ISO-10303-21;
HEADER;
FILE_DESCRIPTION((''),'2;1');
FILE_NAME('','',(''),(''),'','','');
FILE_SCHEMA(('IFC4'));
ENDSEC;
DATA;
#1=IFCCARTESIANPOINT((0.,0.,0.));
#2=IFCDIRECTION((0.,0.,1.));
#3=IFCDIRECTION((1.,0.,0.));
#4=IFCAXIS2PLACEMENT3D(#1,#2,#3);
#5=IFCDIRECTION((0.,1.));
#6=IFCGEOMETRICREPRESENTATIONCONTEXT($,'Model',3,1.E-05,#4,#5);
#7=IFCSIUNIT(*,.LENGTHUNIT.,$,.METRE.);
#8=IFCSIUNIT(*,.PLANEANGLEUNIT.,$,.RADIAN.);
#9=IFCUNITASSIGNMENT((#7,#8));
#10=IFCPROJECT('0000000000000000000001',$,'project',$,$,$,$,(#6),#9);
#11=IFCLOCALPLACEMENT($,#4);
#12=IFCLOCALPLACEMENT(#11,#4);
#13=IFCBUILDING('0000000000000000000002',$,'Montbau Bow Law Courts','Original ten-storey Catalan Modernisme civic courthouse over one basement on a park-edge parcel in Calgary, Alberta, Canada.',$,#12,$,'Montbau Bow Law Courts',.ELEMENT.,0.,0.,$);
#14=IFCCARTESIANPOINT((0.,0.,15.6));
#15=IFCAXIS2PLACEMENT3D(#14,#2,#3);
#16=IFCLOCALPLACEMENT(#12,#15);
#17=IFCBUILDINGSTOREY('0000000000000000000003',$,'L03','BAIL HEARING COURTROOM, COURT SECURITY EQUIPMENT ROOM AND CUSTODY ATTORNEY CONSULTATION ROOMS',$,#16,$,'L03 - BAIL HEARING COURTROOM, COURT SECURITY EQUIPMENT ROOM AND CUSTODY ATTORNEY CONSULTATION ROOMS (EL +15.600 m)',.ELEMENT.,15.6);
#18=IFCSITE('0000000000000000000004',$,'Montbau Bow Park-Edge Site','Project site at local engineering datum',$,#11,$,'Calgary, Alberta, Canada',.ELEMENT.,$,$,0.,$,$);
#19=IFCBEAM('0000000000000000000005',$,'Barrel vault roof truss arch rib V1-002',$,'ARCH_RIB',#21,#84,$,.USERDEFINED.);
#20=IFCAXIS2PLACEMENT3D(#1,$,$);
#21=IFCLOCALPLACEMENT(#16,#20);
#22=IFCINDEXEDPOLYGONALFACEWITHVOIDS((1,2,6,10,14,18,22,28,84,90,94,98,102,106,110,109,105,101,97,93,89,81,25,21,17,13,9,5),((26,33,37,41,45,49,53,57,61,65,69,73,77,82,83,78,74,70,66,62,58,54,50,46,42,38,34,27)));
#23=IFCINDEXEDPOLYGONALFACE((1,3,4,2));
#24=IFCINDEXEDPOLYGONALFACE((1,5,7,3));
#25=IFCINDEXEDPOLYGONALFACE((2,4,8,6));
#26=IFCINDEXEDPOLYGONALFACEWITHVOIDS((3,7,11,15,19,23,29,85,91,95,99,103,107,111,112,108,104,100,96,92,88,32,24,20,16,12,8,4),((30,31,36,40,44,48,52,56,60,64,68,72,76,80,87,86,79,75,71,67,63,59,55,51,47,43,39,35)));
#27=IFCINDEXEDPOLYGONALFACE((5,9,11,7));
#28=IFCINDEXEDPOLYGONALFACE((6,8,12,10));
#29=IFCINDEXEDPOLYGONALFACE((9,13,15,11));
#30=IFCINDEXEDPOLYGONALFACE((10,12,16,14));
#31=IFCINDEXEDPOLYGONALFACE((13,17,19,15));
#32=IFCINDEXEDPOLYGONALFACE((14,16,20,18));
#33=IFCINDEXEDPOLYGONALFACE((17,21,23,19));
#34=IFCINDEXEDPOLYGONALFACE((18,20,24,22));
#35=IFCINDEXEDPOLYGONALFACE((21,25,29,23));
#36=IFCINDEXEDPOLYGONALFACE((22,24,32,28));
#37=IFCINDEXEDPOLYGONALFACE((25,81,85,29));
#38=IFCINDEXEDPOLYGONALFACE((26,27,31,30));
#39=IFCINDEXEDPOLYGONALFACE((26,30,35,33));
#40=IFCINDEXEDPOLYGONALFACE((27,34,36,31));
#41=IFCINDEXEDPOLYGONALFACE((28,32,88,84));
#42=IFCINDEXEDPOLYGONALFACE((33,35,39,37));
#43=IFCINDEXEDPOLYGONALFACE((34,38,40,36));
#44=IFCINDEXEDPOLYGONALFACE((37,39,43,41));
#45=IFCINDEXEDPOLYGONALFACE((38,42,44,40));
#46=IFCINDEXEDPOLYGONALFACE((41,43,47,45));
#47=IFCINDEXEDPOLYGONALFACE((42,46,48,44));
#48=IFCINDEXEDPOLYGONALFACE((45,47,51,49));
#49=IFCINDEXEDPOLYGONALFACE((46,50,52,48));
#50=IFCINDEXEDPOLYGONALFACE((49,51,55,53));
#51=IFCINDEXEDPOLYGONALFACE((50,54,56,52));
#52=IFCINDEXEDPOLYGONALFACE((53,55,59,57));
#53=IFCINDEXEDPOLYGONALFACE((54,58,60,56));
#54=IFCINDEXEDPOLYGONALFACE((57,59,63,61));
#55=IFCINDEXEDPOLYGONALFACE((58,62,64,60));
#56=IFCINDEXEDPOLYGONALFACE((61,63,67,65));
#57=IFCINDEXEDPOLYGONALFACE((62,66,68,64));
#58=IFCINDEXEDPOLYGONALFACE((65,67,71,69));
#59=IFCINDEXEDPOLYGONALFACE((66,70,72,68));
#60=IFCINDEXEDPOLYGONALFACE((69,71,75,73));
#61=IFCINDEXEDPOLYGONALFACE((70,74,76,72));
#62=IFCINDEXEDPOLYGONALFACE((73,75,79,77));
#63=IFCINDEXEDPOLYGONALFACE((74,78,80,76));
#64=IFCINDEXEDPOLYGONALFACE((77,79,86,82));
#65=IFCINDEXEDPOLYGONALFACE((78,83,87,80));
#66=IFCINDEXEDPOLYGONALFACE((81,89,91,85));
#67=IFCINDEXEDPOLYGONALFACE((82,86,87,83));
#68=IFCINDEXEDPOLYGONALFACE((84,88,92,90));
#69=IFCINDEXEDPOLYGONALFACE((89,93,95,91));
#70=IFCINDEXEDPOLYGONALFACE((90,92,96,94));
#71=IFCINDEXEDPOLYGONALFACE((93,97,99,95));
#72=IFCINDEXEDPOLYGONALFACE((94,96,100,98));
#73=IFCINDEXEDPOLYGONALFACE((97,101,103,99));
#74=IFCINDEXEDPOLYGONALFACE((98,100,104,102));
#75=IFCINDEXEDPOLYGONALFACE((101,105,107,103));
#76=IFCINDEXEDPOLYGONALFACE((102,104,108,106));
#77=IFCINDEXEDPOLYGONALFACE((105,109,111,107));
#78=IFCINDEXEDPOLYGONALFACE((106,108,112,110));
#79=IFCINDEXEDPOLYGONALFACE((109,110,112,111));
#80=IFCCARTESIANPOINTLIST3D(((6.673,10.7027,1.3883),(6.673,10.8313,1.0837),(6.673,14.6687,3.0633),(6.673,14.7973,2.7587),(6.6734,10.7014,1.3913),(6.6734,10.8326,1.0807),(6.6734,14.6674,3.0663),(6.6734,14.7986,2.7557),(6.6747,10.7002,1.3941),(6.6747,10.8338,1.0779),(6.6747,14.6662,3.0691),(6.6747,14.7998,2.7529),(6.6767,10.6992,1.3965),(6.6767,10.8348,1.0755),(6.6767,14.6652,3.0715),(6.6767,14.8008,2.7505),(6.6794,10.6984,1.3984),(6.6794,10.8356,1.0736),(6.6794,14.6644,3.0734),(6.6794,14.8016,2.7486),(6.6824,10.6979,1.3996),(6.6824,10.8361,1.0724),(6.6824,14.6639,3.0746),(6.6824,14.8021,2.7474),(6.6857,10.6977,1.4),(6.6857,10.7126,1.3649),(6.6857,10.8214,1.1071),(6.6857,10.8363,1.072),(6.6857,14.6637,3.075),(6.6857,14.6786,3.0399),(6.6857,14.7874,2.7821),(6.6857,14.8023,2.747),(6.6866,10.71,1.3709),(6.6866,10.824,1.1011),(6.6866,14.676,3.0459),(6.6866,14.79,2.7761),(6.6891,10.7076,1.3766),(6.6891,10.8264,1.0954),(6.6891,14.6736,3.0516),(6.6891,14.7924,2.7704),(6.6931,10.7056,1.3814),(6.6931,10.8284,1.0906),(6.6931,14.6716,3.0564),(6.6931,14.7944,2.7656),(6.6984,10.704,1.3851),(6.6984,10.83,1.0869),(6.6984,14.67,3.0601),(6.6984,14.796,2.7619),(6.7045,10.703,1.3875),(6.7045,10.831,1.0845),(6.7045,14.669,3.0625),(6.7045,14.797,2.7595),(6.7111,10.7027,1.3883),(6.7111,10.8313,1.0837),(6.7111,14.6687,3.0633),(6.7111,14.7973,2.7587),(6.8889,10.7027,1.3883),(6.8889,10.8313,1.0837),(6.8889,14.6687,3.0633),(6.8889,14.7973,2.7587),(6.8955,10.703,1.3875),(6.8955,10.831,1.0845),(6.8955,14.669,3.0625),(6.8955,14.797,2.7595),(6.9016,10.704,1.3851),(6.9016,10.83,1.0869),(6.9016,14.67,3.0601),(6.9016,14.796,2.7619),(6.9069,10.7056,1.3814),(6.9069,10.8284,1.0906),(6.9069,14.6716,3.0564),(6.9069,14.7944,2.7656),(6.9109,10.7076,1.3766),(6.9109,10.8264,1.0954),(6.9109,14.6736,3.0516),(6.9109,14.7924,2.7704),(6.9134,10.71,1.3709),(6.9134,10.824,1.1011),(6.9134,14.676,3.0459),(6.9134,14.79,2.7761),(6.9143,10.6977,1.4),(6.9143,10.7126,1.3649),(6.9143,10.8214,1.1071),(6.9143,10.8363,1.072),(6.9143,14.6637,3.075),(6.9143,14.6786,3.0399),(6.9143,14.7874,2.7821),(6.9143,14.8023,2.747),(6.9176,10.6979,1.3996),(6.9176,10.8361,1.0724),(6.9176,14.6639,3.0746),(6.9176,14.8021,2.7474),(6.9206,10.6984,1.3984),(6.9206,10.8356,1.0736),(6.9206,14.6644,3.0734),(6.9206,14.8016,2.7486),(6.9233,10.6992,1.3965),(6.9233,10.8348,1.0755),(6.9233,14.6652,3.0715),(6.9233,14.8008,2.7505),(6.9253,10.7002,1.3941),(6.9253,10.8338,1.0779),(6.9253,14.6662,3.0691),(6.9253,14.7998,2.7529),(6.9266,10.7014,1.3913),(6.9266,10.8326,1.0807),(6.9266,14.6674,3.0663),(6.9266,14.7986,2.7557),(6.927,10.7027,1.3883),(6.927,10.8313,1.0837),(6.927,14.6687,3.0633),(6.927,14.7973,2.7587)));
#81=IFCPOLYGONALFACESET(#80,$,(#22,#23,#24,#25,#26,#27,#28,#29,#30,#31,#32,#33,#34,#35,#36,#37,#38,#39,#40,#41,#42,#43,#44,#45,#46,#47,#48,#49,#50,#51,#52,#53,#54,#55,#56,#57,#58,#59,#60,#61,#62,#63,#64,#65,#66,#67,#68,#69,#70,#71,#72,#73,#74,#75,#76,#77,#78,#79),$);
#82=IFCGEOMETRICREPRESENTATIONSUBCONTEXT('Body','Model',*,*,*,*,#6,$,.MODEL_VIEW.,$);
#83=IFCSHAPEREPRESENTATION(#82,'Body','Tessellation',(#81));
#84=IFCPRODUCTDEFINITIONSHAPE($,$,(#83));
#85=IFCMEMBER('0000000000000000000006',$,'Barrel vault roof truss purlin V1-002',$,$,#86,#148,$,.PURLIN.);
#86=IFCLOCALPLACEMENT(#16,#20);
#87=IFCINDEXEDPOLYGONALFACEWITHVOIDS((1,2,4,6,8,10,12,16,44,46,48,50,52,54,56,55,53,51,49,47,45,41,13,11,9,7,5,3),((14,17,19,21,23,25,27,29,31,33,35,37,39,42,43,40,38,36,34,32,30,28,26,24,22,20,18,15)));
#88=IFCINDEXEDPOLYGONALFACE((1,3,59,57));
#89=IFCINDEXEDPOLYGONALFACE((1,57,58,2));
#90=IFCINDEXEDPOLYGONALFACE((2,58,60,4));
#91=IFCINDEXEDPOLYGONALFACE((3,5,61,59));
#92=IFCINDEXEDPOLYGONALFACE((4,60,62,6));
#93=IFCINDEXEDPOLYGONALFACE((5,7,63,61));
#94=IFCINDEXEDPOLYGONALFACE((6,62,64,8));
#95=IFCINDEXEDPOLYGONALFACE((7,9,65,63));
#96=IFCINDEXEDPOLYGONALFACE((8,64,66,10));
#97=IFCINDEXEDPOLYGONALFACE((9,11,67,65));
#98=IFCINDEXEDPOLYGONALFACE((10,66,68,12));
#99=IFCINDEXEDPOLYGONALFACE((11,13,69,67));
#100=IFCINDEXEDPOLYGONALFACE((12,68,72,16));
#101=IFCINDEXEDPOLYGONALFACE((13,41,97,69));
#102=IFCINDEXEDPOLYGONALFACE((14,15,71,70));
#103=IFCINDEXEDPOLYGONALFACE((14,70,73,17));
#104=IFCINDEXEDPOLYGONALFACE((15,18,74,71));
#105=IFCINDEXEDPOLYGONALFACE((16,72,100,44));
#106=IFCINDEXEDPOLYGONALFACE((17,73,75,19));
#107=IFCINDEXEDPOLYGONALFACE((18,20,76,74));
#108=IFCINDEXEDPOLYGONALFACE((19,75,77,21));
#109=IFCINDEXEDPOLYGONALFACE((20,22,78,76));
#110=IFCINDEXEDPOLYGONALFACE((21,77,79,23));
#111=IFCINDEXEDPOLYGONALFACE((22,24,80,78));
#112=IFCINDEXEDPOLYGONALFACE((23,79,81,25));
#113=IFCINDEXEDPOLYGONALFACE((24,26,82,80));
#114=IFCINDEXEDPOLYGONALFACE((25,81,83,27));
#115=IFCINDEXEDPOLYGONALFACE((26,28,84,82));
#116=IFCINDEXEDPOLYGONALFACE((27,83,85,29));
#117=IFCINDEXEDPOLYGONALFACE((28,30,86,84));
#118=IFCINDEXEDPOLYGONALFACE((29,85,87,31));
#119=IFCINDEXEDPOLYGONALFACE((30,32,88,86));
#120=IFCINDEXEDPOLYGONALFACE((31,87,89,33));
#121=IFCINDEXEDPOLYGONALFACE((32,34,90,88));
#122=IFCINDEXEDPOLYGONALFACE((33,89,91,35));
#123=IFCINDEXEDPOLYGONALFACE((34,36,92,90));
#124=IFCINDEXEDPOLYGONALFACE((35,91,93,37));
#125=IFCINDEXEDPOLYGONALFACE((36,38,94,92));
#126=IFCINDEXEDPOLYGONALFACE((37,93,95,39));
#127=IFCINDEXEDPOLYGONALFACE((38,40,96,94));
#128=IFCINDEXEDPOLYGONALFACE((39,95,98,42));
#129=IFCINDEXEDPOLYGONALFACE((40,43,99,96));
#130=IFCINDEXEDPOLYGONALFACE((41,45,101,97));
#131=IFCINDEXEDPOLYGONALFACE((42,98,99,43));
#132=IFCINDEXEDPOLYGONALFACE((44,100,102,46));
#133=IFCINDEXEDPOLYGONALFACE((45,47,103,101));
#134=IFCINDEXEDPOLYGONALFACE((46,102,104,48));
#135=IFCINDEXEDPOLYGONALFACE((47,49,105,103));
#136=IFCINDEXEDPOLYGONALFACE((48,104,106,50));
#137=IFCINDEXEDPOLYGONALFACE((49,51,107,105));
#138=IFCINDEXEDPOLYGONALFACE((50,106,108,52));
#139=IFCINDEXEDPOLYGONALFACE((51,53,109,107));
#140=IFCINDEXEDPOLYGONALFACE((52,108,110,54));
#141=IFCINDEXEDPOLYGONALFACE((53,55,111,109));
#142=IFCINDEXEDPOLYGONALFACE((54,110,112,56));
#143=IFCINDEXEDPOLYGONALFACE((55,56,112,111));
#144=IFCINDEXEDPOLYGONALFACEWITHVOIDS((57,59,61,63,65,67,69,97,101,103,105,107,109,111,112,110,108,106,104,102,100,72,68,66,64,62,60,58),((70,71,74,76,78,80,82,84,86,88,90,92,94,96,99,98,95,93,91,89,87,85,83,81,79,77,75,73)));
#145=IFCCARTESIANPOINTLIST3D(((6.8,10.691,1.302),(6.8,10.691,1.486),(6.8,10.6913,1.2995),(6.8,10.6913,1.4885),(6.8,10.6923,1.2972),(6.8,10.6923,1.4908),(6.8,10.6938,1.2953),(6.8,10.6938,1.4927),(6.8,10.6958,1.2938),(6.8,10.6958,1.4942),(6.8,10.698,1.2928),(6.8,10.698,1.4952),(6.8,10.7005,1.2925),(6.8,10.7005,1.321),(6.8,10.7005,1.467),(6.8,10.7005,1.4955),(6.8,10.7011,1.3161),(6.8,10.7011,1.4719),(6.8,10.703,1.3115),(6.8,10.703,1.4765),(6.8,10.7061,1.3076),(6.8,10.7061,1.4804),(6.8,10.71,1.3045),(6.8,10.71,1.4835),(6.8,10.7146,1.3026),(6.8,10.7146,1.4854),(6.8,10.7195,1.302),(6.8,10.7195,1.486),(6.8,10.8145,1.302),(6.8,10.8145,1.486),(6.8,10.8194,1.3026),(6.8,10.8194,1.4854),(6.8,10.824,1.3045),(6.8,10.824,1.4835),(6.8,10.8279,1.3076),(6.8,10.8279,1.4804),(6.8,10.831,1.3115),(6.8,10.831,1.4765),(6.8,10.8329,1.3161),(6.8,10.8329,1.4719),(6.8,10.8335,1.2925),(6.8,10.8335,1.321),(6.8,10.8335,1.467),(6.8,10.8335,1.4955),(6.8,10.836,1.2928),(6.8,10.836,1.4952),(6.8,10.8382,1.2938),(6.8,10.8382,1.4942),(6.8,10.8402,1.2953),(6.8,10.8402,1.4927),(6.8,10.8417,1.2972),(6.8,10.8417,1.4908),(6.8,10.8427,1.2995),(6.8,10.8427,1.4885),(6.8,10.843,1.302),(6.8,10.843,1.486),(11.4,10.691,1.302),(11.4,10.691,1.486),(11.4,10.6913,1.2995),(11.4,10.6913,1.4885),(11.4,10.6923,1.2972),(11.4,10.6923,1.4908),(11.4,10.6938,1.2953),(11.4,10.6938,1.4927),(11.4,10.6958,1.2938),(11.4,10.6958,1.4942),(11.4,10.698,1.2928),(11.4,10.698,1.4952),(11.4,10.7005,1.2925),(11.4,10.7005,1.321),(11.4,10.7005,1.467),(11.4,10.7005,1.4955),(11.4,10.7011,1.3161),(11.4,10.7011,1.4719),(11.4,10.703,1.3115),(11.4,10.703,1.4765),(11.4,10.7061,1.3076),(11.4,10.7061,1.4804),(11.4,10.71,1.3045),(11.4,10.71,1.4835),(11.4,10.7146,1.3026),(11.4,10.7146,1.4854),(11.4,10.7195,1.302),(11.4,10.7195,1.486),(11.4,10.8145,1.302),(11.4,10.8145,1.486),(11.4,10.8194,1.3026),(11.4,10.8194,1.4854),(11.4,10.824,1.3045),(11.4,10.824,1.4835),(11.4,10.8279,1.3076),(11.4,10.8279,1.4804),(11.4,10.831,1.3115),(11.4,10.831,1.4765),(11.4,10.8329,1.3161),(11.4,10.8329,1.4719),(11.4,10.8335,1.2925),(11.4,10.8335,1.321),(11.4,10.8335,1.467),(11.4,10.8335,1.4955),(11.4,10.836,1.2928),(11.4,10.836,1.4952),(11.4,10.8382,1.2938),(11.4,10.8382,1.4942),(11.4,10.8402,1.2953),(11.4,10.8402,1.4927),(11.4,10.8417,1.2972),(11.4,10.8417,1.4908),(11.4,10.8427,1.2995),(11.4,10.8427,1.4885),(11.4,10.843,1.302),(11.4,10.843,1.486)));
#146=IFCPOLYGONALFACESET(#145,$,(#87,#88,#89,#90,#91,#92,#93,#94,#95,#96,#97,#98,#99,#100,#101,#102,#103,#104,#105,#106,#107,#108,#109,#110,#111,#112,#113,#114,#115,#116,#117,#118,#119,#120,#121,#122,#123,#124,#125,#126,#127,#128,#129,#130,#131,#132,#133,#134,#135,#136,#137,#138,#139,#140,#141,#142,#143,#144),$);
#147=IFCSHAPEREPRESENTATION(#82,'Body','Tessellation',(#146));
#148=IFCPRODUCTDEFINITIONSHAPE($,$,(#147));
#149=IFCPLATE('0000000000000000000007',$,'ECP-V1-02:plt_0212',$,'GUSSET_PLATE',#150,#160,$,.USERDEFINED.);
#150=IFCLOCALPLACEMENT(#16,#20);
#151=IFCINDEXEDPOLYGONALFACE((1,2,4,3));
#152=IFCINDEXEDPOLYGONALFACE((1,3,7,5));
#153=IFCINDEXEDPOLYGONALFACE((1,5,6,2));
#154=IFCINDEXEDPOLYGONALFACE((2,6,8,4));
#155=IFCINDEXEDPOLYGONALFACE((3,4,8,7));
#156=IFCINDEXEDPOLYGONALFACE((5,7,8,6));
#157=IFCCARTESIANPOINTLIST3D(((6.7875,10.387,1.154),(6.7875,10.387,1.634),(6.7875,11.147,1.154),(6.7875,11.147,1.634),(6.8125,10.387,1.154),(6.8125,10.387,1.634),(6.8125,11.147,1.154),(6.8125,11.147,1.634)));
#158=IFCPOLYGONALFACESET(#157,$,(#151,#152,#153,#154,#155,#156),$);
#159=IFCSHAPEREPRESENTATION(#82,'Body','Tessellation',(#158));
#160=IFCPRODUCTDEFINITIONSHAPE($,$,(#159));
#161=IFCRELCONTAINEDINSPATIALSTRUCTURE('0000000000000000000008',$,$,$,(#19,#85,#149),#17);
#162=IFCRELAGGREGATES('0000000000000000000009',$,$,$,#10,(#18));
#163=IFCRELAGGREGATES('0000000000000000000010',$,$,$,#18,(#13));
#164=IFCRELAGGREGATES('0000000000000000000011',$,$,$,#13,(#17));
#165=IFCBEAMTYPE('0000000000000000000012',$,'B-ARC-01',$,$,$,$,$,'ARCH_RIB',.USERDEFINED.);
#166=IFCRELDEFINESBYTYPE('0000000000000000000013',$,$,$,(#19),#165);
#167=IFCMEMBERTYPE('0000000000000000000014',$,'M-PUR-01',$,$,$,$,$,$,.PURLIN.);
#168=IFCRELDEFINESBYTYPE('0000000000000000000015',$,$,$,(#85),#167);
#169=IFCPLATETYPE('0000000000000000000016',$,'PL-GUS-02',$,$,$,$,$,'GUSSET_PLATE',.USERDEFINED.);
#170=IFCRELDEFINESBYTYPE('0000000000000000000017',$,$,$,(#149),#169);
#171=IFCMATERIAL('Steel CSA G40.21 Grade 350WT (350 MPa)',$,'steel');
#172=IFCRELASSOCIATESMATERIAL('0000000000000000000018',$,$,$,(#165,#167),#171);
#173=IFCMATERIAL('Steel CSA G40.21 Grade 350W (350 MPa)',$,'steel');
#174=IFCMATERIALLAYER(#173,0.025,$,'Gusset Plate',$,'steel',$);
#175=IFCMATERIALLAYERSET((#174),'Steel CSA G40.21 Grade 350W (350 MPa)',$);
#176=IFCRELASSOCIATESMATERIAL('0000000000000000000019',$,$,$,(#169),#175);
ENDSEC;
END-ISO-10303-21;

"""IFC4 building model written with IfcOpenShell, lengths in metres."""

from ifc_helpers import new_model, si_unit, direction, frame, origin_with_axes, origin_2d_with_axis, place, context, subcontext, project, spatial, rectangle, hollow_rectangle, extrude, material, layer, layer_set, material_profile, profile_set, type_object, element, save


model = new_model("IFC4")

# Units and contexts
model_context = context("Model", 3, precision=1e-05, world=origin_with_axes(), true_north=direction((0.0, 1.0)))
body_context = subcontext(model_context, "Body", "Model", "MODEL_VIEW")
ifc_project = project(units=[si_unit("LENGTHUNIT", "METRE"), si_unit("PLANEANGLEUNIT", "RADIAN")], contexts=[model_context])

# Site, building, storey
site_placement = place(None, origin_with_axes())
site = spatial("IfcSite", under=ifc_project, at=site_placement, Name="Montbau Bow Park-Edge Site", Description="Project site at local engineering datum", LongName="Calgary, Alberta, Canada", CompositionType="ELEMENT", RefElevation=0.0)
building_placement = place(site_placement, origin_with_axes())
building = spatial("IfcBuilding", under=site, at=building_placement, Name="Montbau Bow Law Courts", Description="Original ten-storey Catalan Modernisme civic courthouse over one basement on a park-edge parcel in Calgary, Alberta, Canada.", LongName="Montbau Bow Law Courts", CompositionType="ELEMENT", ElevationOfRefHeight=0.0, ElevationOfTerrain=0.0)
storey_placement = place(building_placement, frame((0.0, 0.0, 15.6), z_axis=(0.0, 0.0, 1.0), x_axis=(1.0, 0.0, 0.0)))
storey = spatial("IfcBuildingStorey", under=building, at=storey_placement, Name="L03", Description="BAIL HEARING COURTROOM, COURT SECURITY EQUIPMENT ROOM AND CUSTODY ATTORNEY CONSULTATION ROOMS", LongName="L03 - BAIL HEARING COURTROOM, COURT SECURITY EQUIPMENT ROOM AND CUSTODY ATTORNEY CONSULTATION ROOMS (EL +15.600 m)", CompositionType="ELEMENT", Elevation=15.6)

# Beam
ifc_material_1 = material(Name="Steel CSA G40.21 Grade 350WT (350 MPa)", Category="steel")
ifc_material_profile_1 = material_profile(ifc_material_1, hollow_rectangle(XDim=0.254, YDim=0.356, WallThickness=0.0127, InnerFilletRadius=0.0254, OuterFilletRadius=0.0127, at=origin_2d_with_axis()), Name="HSS356X254X13", Category="Main", Priority=0)
ifc_profile_set_1 = profile_set([ifc_material_profile_1], Name="Steel CSA G40.21 Grade 350WT (350 MPa)")
beam_type = type_object("IfcBeamType", Name="B-ARC-01", ElementType="ARCH_RIB", PredefinedType="USERDEFINED", material=ifc_profile_set_1)
beam_placement = place(None, frame((6.8, 10.767, 16.836), z_axis=(0.0, 0.921211, 0.389064), x_axis=(-1.0, 0.0, 0.0)))
element("IfcBeam", 1, at=beam_placement, inside=storey, type_object=beam_type, Name="Barrel vault roof truss arch rib V1-002", ObjectType="ARCH_RIB", PredefinedType="USERDEFINED", context=body_context, shape_type="SweptSolid", body=[
    extrude(hollow_rectangle(XDim=0.254, YDim=0.356, WallThickness=0.0127, InnerFilletRadius=0.0254, OuterFilletRadius=0.0127, at=origin_2d_with_axis()), origin_with_axes(), (0.0, 0.0, 1.0), 4.3052),
])

# Member
ifc_material_profile_2 = material_profile(ifc_material_1, hollow_rectangle(XDim=0.152, YDim=0.203, WallThickness=0.0095, InnerFilletRadius=0.019, OuterFilletRadius=0.0095, at=origin_2d_with_axis()), Name="HSS203X152X9.5", Category="Main", Priority=0)
ifc_profile_set_2 = profile_set([ifc_material_profile_2], Name="Steel CSA G40.21 Grade 350WT (350 MPa)")
member_type = type_object("IfcMemberType", Name="M-PUR-01", PredefinedType="PURLIN", material=ifc_profile_set_2)
member_placement = place(None, frame((6.8, 10.767, 16.994), z_axis=(1.0, 0.0, 0.0), x_axis=(0.0, 1.0, 0.0)))
element("IfcMember", 2, at=member_placement, inside=storey, type_object=member_type, Name="Barrel vault roof truss purlin V1-002", PredefinedType="PURLIN", context=body_context, shape_type="SweptSolid", body=[
    extrude(hollow_rectangle(XDim=0.152, YDim=0.203, WallThickness=0.0095, InnerFilletRadius=0.019, OuterFilletRadius=0.0095, at=origin_2d_with_axis()), origin_with_axes(), (0.0, 0.0, 1.0), 4.6),
])

# Plate
ifc_material_2 = material(Name="Steel CSA G40.21 Grade 350W (350 MPa)", Category="steel")
ifc_layer_1 = layer(ifc_material_2, 0.025, Name="Gusset Plate", Category="steel")
ifc_layer_set_1 = layer_set([ifc_layer_1], Name="Steel CSA G40.21 Grade 350W (350 MPa)")
plate_type = type_object("IfcPlateType", Name="PL-GUS-02", ElementType="GUSSET_PLATE", PredefinedType="USERDEFINED", material=ifc_layer_set_1)
plate_placement = place(None, frame((6.8, 10.767, 16.754), z_axis=(0.0, 0.0, 1.0), x_axis=(1.0, 0.0, 0.0)))
element("IfcPlate", 3, at=plate_placement, inside=storey, type_object=plate_type, Name="ECP-V1-02:plt_0212", ObjectType="GUSSET_PLATE", PredefinedType="USERDEFINED", context=body_context, shape_type="SweptSolid", body=[
    extrude(rectangle(XDim=0.025, YDim=0.76, at=origin_2d_with_axis()), origin_with_axes(), (0.0, 0.0, 1.0), 0.48),
])

save(model, "model.ifc")
